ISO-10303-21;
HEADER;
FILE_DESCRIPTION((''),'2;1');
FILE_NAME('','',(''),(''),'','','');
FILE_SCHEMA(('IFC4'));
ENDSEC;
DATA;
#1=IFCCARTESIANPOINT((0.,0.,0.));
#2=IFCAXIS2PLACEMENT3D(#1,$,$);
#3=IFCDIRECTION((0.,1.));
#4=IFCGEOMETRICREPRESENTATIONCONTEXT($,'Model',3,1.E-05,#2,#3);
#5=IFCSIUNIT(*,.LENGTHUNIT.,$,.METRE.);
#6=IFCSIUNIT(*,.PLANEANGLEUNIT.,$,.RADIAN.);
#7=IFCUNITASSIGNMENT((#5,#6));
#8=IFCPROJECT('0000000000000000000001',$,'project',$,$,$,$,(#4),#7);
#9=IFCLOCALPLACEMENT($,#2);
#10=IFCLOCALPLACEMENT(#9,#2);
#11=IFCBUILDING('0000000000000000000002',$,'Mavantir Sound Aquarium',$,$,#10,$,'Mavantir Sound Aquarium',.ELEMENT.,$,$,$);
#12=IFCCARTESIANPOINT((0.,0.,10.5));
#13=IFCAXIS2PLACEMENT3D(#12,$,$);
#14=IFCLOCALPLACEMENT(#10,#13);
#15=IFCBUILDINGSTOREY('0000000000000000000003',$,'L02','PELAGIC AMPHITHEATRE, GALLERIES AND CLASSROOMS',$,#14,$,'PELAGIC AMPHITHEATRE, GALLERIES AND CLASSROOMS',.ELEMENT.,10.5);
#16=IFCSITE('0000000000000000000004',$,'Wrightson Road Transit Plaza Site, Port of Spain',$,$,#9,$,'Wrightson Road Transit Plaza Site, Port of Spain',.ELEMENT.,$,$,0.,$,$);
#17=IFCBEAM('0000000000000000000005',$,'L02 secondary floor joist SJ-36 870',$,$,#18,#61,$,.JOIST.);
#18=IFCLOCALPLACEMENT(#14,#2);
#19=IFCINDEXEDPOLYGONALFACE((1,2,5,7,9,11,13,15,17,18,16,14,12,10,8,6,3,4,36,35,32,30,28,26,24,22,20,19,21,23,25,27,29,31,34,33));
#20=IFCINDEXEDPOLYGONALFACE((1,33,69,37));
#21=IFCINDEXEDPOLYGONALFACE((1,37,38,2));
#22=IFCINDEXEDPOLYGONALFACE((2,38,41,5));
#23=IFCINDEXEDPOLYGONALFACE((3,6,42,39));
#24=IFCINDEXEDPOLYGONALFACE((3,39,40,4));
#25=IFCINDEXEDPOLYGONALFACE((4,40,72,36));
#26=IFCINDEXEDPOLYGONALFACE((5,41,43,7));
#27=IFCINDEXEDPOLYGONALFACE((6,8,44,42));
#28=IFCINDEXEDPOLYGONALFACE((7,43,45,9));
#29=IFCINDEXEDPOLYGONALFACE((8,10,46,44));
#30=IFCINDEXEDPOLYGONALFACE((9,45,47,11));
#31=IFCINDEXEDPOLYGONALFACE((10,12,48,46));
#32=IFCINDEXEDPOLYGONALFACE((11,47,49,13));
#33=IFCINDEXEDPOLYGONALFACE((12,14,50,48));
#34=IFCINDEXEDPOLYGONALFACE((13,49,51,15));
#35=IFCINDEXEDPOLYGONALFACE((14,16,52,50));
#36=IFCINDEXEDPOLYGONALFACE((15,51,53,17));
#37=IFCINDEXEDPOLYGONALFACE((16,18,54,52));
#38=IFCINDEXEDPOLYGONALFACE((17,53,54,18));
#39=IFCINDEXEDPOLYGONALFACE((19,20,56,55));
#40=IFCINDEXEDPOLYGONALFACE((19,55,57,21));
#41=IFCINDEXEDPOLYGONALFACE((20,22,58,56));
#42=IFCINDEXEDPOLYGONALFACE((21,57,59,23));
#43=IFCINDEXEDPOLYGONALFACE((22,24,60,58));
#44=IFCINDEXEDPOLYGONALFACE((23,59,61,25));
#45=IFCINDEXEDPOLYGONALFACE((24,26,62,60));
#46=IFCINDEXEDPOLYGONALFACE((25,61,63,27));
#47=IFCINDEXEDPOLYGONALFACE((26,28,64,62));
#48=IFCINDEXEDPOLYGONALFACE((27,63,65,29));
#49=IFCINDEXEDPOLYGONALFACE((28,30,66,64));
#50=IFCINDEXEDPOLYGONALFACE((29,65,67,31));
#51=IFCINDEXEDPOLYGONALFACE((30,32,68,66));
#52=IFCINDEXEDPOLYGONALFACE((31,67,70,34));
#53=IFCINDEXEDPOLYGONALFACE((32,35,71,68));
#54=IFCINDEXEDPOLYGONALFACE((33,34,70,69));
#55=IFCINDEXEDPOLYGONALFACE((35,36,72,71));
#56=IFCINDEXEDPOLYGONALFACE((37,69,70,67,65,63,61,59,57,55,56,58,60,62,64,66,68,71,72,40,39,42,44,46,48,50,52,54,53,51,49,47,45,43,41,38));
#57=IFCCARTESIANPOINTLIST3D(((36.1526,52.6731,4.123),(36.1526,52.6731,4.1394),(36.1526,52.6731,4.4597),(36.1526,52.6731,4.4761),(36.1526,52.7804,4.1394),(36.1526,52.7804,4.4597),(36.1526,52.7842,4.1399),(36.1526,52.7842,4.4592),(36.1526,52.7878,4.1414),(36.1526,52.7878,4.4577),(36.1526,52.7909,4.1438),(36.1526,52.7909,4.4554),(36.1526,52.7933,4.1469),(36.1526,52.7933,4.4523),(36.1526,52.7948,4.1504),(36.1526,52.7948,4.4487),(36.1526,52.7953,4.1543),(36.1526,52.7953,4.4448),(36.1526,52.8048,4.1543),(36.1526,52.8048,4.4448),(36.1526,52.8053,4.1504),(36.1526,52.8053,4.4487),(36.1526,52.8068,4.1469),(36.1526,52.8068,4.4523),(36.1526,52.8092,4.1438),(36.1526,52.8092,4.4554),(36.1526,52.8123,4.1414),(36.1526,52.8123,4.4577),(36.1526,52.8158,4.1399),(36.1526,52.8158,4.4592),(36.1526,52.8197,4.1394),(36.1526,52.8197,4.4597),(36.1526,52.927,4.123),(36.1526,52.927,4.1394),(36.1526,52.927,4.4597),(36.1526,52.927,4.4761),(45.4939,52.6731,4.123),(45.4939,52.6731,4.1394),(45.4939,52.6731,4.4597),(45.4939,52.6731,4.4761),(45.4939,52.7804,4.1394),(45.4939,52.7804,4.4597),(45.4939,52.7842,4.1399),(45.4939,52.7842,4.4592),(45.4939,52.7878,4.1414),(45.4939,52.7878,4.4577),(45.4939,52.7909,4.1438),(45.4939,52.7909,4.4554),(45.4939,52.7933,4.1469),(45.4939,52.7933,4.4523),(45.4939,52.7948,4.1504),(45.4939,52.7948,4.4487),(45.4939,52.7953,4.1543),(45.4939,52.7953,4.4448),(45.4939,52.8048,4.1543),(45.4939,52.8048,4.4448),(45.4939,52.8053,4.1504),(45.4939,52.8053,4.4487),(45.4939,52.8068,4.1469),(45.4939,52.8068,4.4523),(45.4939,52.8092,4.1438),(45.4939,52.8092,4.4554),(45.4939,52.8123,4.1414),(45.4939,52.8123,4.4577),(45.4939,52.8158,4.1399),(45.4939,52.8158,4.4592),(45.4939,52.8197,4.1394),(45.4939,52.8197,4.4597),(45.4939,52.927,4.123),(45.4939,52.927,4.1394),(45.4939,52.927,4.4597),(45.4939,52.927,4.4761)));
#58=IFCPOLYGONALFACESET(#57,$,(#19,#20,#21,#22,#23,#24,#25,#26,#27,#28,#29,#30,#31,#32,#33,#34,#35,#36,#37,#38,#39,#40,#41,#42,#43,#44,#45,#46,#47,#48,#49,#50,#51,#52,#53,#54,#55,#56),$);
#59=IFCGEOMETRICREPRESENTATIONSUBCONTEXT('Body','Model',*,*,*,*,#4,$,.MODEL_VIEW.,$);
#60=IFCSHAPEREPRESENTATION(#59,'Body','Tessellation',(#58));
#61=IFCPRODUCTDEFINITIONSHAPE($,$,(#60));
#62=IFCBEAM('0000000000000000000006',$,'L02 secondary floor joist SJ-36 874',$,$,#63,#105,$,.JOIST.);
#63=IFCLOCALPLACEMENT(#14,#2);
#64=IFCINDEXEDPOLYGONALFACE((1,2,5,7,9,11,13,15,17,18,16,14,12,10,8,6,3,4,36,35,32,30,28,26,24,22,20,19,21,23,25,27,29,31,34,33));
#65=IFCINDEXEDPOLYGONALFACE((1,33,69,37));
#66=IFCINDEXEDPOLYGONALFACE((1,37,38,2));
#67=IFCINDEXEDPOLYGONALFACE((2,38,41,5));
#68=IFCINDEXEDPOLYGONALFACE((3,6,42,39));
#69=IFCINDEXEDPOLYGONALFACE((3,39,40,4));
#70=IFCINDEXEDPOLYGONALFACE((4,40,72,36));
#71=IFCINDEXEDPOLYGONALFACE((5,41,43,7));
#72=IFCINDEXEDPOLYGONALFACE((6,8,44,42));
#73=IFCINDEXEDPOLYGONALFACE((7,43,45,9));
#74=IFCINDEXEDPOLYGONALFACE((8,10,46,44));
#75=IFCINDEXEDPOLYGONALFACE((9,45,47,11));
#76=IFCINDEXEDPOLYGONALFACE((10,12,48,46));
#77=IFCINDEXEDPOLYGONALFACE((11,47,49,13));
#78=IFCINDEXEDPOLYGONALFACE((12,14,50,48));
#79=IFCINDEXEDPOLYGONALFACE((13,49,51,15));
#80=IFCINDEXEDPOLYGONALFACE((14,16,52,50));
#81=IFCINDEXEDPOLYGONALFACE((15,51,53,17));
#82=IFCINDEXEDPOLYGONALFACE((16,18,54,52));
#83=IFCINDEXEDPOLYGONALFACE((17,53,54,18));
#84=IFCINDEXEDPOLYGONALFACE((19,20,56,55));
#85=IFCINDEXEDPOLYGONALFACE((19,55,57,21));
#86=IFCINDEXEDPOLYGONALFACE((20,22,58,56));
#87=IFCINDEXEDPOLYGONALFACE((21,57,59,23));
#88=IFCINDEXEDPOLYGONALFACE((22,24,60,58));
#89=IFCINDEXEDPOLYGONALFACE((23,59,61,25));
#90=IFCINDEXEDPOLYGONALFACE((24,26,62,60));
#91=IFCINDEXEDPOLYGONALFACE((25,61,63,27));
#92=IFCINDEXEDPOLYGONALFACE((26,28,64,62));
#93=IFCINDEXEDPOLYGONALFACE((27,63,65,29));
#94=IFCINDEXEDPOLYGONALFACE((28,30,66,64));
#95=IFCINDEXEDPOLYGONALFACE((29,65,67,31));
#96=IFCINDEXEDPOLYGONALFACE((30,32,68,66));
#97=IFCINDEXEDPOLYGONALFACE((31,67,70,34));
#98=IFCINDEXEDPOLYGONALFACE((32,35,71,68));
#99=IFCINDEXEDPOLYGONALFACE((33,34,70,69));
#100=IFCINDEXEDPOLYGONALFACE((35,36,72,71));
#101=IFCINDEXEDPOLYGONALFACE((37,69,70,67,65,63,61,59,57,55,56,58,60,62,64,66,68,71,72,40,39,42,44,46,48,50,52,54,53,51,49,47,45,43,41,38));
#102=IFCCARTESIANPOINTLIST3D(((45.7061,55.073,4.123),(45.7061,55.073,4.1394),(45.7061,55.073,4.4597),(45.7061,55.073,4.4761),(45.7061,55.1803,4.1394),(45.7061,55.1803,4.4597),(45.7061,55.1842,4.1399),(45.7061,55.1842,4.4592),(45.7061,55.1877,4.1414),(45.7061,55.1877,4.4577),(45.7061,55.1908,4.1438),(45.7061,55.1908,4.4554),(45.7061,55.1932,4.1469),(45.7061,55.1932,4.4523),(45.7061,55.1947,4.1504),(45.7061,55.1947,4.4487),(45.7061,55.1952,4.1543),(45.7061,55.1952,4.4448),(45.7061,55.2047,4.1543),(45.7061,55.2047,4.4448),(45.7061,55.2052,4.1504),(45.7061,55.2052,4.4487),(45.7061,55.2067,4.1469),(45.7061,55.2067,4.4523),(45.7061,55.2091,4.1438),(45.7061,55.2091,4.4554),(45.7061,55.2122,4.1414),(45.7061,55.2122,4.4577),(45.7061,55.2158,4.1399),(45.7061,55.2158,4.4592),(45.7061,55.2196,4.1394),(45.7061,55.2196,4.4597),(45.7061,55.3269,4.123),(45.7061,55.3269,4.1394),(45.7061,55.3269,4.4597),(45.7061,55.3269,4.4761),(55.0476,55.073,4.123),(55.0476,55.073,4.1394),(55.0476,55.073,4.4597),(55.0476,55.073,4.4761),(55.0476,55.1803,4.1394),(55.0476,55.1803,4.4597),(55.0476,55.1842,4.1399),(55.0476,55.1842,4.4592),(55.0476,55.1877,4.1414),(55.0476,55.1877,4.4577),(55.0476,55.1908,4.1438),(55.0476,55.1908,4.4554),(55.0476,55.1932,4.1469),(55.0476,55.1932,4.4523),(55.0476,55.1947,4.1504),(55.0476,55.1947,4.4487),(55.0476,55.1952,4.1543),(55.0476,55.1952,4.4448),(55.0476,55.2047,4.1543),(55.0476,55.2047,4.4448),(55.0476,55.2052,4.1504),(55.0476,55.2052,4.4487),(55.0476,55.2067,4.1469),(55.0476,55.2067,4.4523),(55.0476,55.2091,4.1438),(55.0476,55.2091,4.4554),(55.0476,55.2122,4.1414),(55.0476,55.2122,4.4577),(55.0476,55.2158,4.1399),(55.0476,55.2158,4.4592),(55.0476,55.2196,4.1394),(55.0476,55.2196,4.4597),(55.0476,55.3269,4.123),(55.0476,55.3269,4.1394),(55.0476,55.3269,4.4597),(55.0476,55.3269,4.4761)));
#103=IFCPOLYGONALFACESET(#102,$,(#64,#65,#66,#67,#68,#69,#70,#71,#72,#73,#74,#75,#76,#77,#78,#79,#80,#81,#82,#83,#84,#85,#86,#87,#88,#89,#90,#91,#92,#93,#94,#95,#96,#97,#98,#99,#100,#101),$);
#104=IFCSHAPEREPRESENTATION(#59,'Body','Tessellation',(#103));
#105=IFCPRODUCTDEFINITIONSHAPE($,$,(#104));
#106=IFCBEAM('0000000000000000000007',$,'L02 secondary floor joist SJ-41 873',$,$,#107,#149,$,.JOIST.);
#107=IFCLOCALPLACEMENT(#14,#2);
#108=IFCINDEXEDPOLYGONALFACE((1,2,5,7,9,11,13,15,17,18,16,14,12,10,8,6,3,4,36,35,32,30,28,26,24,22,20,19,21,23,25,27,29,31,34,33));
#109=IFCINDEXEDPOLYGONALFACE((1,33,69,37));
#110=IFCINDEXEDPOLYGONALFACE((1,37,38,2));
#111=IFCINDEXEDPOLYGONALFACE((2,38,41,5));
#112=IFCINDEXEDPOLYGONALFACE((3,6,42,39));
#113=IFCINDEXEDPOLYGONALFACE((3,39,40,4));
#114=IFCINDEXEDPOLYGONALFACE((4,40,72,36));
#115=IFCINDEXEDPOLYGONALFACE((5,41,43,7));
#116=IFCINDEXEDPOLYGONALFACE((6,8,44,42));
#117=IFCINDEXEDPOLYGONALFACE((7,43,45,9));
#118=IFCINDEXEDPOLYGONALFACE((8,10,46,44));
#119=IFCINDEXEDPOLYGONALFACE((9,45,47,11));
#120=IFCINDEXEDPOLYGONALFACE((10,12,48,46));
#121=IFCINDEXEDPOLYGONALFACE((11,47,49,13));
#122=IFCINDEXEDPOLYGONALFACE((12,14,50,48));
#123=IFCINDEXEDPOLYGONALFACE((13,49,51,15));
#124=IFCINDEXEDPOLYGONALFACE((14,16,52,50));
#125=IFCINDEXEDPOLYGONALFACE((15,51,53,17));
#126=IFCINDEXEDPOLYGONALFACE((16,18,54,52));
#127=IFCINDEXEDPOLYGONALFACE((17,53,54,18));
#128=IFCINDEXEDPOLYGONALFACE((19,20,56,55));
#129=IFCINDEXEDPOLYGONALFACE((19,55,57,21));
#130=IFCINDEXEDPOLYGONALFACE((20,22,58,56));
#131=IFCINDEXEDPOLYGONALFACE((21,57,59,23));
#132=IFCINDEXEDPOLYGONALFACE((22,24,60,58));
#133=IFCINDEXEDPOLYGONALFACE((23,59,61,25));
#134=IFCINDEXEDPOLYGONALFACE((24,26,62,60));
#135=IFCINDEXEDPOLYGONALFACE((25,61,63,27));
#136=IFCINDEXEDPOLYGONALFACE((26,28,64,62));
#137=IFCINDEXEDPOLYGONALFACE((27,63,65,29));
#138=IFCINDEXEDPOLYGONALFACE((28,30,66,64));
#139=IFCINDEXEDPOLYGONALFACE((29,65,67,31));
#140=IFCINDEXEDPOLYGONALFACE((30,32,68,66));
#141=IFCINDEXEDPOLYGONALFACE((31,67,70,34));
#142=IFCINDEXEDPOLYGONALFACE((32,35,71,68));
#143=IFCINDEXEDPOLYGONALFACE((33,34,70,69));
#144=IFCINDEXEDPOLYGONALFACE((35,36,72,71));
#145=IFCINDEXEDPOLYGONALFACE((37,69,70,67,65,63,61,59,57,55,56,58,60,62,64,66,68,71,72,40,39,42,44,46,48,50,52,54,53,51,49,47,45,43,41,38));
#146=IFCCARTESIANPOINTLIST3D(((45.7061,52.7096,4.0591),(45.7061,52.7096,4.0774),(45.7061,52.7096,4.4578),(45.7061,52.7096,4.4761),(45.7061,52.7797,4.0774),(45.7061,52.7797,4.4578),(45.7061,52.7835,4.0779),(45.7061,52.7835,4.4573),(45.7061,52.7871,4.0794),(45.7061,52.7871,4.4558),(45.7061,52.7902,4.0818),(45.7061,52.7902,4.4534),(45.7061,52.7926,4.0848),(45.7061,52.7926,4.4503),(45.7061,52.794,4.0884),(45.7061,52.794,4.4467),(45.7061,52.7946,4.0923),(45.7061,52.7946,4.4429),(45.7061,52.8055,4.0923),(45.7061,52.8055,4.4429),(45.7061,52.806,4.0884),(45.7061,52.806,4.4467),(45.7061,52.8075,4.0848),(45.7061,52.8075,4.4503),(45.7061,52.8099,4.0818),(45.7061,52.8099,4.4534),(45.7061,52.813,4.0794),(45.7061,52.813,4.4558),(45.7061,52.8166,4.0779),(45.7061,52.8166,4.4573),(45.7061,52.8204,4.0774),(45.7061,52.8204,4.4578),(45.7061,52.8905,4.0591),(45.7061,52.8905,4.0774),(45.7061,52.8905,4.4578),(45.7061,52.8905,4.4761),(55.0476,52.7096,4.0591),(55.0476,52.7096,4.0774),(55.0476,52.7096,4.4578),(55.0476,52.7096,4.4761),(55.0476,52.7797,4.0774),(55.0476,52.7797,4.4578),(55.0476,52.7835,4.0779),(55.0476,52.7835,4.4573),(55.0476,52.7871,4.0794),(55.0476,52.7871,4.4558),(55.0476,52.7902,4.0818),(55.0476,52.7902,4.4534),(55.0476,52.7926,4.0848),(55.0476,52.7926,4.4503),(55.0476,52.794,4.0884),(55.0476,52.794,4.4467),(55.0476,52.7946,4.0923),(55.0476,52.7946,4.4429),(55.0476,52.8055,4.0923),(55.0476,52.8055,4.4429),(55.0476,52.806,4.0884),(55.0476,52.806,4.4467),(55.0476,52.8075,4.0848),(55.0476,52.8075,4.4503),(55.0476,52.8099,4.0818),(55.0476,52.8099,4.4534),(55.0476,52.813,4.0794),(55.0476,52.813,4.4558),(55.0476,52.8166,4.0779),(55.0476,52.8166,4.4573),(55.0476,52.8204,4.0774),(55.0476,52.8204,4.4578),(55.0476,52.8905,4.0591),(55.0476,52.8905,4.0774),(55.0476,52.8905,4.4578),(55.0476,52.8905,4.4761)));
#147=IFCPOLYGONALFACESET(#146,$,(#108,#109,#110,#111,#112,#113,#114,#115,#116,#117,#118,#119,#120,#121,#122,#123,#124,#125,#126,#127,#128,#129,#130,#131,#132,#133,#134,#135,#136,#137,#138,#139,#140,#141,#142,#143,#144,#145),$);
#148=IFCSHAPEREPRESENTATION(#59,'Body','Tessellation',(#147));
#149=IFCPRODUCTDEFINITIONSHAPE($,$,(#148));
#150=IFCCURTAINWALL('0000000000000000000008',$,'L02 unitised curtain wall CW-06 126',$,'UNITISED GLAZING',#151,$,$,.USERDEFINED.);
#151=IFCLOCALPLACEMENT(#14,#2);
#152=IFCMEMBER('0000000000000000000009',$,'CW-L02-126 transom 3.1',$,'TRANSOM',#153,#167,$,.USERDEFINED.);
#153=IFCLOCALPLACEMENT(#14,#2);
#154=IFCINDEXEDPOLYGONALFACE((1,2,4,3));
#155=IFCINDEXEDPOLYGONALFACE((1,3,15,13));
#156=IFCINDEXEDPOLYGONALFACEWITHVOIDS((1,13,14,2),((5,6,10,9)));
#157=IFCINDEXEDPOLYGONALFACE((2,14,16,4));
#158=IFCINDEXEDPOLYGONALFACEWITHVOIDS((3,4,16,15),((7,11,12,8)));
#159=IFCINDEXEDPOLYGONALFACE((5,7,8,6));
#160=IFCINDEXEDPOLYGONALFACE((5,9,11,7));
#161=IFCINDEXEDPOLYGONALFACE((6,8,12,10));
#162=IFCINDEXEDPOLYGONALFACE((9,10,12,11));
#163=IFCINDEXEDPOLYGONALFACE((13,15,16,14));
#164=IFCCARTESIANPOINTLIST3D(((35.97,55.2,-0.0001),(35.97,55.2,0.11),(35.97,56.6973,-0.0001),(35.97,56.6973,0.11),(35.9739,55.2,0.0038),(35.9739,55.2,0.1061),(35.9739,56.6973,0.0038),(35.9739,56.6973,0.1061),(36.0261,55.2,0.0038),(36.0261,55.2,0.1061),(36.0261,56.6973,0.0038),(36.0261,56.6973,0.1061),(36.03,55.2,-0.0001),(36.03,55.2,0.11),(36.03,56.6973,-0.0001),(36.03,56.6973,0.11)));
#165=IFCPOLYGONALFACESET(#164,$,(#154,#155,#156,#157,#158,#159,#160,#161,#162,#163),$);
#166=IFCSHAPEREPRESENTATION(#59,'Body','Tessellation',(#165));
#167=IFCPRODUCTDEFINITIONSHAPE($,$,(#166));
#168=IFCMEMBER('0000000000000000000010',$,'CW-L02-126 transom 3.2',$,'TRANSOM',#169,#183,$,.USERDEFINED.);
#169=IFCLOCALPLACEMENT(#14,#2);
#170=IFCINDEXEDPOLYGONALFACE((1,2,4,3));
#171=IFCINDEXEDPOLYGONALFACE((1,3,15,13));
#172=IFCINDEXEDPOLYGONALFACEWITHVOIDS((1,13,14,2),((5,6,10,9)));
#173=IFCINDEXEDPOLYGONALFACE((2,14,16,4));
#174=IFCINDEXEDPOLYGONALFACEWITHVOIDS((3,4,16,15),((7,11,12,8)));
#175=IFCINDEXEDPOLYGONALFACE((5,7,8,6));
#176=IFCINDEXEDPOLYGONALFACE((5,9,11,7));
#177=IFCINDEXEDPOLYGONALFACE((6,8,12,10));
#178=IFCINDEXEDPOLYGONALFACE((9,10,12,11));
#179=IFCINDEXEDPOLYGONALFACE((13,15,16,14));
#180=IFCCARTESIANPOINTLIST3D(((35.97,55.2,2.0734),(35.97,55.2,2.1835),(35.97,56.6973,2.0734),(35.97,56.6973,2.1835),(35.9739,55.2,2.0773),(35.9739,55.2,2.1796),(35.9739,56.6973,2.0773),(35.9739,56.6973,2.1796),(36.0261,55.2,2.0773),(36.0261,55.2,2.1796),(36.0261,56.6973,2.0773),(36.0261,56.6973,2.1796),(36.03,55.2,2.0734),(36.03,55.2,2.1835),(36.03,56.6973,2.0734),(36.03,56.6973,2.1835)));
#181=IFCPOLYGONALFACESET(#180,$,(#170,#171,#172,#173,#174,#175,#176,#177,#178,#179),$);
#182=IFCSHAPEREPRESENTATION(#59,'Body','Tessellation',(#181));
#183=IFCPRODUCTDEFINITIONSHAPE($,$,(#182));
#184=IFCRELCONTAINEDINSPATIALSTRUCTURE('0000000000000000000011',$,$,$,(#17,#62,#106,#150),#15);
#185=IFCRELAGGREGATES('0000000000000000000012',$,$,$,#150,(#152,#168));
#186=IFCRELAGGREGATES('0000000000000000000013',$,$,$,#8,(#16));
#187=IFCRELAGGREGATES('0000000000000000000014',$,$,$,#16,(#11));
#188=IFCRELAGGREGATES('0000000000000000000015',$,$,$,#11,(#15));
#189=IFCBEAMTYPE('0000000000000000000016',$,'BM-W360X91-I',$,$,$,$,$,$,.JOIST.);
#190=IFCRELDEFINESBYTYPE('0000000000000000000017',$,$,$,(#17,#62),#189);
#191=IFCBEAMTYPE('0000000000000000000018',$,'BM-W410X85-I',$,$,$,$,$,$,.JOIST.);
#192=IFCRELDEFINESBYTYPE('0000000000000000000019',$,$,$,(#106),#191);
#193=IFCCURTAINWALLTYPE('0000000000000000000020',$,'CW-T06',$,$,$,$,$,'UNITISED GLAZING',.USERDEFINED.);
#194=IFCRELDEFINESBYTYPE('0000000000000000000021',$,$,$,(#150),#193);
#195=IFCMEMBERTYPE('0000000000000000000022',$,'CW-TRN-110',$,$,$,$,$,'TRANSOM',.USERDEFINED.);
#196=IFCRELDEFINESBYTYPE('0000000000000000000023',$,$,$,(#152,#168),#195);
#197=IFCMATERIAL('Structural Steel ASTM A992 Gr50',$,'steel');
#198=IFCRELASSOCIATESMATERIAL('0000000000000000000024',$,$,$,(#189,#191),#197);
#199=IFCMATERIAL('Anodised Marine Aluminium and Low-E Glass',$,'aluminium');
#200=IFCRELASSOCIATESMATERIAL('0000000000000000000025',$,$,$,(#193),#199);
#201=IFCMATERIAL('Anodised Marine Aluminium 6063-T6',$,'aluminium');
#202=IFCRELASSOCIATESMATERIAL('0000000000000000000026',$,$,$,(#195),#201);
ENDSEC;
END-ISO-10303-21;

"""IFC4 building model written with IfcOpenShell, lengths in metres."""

from ifc_helpers import new_model, si_unit, direction, frame, origin, origin_2d, place, context, subcontext, project, spatial, hollow_rectangle, i_section, extrude, material, material_profile, profile_set, type_object, element, aggregate, save


model = new_model("IFC4")

# Units and contexts
model_context = context("Model", 3, precision=1e-05, world=origin(), true_north=direction((0.0, 1.0)))
body_context = subcontext(model_context, "Body", "Model", "MODEL_VIEW")
ifc_project = project(units=[si_unit("LENGTHUNIT", "METRE"), si_unit("PLANEANGLEUNIT", "RADIAN")], contexts=[model_context])

# Site, building, storey
site_placement = place(None, origin())
site = spatial("IfcSite", under=ifc_project, at=site_placement, Name="Wrightson Road Transit Plaza Site, Port of Spain", LongName="Wrightson Road Transit Plaza Site, Port of Spain", CompositionType="ELEMENT", RefElevation=0.0)
building_placement = place(site_placement, origin())
building = spatial("IfcBuilding", under=site, at=building_placement, Name="Mavantir Sound Aquarium", LongName="Mavantir Sound Aquarium", CompositionType="ELEMENT")
storey_placement = place(building_placement, frame((0.0, 0.0, 10.5)))
storey = spatial("IfcBuildingStorey", under=building, at=storey_placement, Name="L02", Description="PELAGIC AMPHITHEATRE, GALLERIES AND CLASSROOMS", LongName="PELAGIC AMPHITHEATRE, GALLERIES AND CLASSROOMS", CompositionType="ELEMENT", Elevation=10.5)

# Beams
ifc_material_1 = material(Name="Structural Steel ASTM A992 Gr50", Category="steel")
ifc_material_profile_1 = material_profile(ifc_material_1, i_section(OverallWidth=0.2539, OverallDepth=0.353, WebThickness=0.0095, FlangeThickness=0.0164, FilletRadius=0.0149, at=origin_2d()), Name="W360X91")
ifc_profile_set_1 = profile_set([ifc_material_profile_1], Name="Structural Steel ASTM A992 Gr50")
beam_type_1 = type_object("IfcBeamType", Name="BM-W360X91-I", PredefinedType="JOIST", material=ifc_profile_set_1)
beam_1_placement = place(storey_placement, frame((36.1526, 52.8, 4.2996), z_axis=(1.0, 0.0, 0.0), x_axis=(0.0, 1.0, 0.0)))
element("IfcBeam", 1, at=beam_1_placement, inside=storey, type_object=beam_type_1, Name="L02 secondary floor joist SJ-36 870", PredefinedType="JOIST", context=body_context, shape_type="SweptSolid", body=[
    extrude(i_section(OverallWidth=0.2539, OverallDepth=0.353, WebThickness=0.0095, FlangeThickness=0.0164, FilletRadius=0.0149, at=origin_2d()), origin(), (0.0, 0.0, 1.0), 9.3413),
])
beam_2_placement = place(storey_placement, frame((45.7061, 55.2, 4.2996), z_axis=(1.0, 0.0, 0.0), x_axis=(0.0, 1.0, 0.0)))
element("IfcBeam", 2, at=beam_2_placement, inside=storey, type_object=beam_type_1, Name="L02 secondary floor joist SJ-36 874", PredefinedType="JOIST", context=body_context, shape_type="SweptSolid", body=[
    extrude(i_section(OverallWidth=0.2539, OverallDepth=0.353, WebThickness=0.0095, FlangeThickness=0.0164, FilletRadius=0.0149, at=origin_2d()), origin(), (0.0, 0.0, 1.0), 9.3416),
])
ifc_material_profile_2 = material_profile(ifc_material_1, i_section(OverallWidth=0.1809, OverallDepth=0.417, WebThickness=0.011, FlangeThickness=0.0183, FilletRadius=0.0149, at=origin_2d()), Name="W410X85")
ifc_profile_set_2 = profile_set([ifc_material_profile_2], Name="Structural Steel ASTM A992 Gr50")
beam_type_2 = type_object("IfcBeamType", Name="BM-W410X85-I", PredefinedType="JOIST", material=ifc_profile_set_2)
beam_3_placement = place(storey_placement, frame((45.7061, 52.8, 4.2676), z_axis=(1.0, 0.0, 0.0), x_axis=(0.0, 1.0, 0.0)))
element("IfcBeam", 3, at=beam_3_placement, inside=storey, type_object=beam_type_2, Name="L02 secondary floor joist SJ-41 873", PredefinedType="JOIST", context=body_context, shape_type="SweptSolid", body=[
    extrude(i_section(OverallWidth=0.1809, OverallDepth=0.417, WebThickness=0.011, FlangeThickness=0.0183, FilletRadius=0.0149, at=origin_2d()), origin(), (0.0, 0.0, 1.0), 9.3416),
])

# Curtain wall, members
ifc_material_2 = material(Name="Anodised Marine Aluminium and Low-E Glass", Category="aluminium")
curtain_wall_type = type_object("IfcCurtainWallType", Name="CW-T06", ElementType="UNITISED GLAZING", PredefinedType="USERDEFINED", material=ifc_material_2)
curtain_wall_placement = place(storey_placement, origin())
curtain_wall = element("IfcCurtainWall", 4, at=curtain_wall_placement, inside=storey, type_object=curtain_wall_type, Name="L02 unitised curtain wall CW-06 126", ObjectType="UNITISED GLAZING", PredefinedType="USERDEFINED")
ifc_material_3 = material(Name="Anodised Marine Aluminium 6063-T6", Category="aluminium")
ifc_material_profile_3 = material_profile(ifc_material_3, hollow_rectangle(XDim=0.0601, YDim=0.1101, WallThickness=0.0039, at=origin_2d()), Name="ALU-TRANSOM-110X60")
ifc_profile_set_3 = profile_set([ifc_material_profile_3], Name="Anodised Marine Aluminium 6063-T6")
member_type = type_object("IfcMemberType", Name="CW-TRN-110", ElementType="TRANSOM", PredefinedType="USERDEFINED", material=ifc_profile_set_3)
member_1_placement = place(storey_placement, frame((36.0, 56.6973, 0.0549), z_axis=(0.0, -1.0, 0.0), x_axis=(1.0, 0.0, 0.0)))
member_1 = element("IfcMember", 5, at=member_1_placement, type_object=member_type, Name="CW-L02-126 transom 3.1", ObjectType="TRANSOM", PredefinedType="USERDEFINED", context=body_context, shape_type="SweptSolid", body=[
    extrude(hollow_rectangle(XDim=0.0601, YDim=0.1101, WallThickness=0.0039, at=origin_2d()), origin(), (0.0, 0.0, 1.0), 1.4973),
])
member_2_placement = place(storey_placement, frame((36.0, 56.6973, 2.1284), z_axis=(0.0, -1.0, 0.0), x_axis=(1.0, 0.0, 0.0)))
member_2 = element("IfcMember", 6, at=member_2_placement, type_object=member_type, Name="CW-L02-126 transom 3.2", ObjectType="TRANSOM", PredefinedType="USERDEFINED", context=body_context, shape_type="SweptSolid", body=[
    extrude(hollow_rectangle(XDim=0.0601, YDim=0.1101, WallThickness=0.0039, at=origin_2d()), origin(), (0.0, 0.0, 1.0), 1.4973),
])
aggregate(curtain_wall, [member_1, member_2])

save(model, "model.ifc")
